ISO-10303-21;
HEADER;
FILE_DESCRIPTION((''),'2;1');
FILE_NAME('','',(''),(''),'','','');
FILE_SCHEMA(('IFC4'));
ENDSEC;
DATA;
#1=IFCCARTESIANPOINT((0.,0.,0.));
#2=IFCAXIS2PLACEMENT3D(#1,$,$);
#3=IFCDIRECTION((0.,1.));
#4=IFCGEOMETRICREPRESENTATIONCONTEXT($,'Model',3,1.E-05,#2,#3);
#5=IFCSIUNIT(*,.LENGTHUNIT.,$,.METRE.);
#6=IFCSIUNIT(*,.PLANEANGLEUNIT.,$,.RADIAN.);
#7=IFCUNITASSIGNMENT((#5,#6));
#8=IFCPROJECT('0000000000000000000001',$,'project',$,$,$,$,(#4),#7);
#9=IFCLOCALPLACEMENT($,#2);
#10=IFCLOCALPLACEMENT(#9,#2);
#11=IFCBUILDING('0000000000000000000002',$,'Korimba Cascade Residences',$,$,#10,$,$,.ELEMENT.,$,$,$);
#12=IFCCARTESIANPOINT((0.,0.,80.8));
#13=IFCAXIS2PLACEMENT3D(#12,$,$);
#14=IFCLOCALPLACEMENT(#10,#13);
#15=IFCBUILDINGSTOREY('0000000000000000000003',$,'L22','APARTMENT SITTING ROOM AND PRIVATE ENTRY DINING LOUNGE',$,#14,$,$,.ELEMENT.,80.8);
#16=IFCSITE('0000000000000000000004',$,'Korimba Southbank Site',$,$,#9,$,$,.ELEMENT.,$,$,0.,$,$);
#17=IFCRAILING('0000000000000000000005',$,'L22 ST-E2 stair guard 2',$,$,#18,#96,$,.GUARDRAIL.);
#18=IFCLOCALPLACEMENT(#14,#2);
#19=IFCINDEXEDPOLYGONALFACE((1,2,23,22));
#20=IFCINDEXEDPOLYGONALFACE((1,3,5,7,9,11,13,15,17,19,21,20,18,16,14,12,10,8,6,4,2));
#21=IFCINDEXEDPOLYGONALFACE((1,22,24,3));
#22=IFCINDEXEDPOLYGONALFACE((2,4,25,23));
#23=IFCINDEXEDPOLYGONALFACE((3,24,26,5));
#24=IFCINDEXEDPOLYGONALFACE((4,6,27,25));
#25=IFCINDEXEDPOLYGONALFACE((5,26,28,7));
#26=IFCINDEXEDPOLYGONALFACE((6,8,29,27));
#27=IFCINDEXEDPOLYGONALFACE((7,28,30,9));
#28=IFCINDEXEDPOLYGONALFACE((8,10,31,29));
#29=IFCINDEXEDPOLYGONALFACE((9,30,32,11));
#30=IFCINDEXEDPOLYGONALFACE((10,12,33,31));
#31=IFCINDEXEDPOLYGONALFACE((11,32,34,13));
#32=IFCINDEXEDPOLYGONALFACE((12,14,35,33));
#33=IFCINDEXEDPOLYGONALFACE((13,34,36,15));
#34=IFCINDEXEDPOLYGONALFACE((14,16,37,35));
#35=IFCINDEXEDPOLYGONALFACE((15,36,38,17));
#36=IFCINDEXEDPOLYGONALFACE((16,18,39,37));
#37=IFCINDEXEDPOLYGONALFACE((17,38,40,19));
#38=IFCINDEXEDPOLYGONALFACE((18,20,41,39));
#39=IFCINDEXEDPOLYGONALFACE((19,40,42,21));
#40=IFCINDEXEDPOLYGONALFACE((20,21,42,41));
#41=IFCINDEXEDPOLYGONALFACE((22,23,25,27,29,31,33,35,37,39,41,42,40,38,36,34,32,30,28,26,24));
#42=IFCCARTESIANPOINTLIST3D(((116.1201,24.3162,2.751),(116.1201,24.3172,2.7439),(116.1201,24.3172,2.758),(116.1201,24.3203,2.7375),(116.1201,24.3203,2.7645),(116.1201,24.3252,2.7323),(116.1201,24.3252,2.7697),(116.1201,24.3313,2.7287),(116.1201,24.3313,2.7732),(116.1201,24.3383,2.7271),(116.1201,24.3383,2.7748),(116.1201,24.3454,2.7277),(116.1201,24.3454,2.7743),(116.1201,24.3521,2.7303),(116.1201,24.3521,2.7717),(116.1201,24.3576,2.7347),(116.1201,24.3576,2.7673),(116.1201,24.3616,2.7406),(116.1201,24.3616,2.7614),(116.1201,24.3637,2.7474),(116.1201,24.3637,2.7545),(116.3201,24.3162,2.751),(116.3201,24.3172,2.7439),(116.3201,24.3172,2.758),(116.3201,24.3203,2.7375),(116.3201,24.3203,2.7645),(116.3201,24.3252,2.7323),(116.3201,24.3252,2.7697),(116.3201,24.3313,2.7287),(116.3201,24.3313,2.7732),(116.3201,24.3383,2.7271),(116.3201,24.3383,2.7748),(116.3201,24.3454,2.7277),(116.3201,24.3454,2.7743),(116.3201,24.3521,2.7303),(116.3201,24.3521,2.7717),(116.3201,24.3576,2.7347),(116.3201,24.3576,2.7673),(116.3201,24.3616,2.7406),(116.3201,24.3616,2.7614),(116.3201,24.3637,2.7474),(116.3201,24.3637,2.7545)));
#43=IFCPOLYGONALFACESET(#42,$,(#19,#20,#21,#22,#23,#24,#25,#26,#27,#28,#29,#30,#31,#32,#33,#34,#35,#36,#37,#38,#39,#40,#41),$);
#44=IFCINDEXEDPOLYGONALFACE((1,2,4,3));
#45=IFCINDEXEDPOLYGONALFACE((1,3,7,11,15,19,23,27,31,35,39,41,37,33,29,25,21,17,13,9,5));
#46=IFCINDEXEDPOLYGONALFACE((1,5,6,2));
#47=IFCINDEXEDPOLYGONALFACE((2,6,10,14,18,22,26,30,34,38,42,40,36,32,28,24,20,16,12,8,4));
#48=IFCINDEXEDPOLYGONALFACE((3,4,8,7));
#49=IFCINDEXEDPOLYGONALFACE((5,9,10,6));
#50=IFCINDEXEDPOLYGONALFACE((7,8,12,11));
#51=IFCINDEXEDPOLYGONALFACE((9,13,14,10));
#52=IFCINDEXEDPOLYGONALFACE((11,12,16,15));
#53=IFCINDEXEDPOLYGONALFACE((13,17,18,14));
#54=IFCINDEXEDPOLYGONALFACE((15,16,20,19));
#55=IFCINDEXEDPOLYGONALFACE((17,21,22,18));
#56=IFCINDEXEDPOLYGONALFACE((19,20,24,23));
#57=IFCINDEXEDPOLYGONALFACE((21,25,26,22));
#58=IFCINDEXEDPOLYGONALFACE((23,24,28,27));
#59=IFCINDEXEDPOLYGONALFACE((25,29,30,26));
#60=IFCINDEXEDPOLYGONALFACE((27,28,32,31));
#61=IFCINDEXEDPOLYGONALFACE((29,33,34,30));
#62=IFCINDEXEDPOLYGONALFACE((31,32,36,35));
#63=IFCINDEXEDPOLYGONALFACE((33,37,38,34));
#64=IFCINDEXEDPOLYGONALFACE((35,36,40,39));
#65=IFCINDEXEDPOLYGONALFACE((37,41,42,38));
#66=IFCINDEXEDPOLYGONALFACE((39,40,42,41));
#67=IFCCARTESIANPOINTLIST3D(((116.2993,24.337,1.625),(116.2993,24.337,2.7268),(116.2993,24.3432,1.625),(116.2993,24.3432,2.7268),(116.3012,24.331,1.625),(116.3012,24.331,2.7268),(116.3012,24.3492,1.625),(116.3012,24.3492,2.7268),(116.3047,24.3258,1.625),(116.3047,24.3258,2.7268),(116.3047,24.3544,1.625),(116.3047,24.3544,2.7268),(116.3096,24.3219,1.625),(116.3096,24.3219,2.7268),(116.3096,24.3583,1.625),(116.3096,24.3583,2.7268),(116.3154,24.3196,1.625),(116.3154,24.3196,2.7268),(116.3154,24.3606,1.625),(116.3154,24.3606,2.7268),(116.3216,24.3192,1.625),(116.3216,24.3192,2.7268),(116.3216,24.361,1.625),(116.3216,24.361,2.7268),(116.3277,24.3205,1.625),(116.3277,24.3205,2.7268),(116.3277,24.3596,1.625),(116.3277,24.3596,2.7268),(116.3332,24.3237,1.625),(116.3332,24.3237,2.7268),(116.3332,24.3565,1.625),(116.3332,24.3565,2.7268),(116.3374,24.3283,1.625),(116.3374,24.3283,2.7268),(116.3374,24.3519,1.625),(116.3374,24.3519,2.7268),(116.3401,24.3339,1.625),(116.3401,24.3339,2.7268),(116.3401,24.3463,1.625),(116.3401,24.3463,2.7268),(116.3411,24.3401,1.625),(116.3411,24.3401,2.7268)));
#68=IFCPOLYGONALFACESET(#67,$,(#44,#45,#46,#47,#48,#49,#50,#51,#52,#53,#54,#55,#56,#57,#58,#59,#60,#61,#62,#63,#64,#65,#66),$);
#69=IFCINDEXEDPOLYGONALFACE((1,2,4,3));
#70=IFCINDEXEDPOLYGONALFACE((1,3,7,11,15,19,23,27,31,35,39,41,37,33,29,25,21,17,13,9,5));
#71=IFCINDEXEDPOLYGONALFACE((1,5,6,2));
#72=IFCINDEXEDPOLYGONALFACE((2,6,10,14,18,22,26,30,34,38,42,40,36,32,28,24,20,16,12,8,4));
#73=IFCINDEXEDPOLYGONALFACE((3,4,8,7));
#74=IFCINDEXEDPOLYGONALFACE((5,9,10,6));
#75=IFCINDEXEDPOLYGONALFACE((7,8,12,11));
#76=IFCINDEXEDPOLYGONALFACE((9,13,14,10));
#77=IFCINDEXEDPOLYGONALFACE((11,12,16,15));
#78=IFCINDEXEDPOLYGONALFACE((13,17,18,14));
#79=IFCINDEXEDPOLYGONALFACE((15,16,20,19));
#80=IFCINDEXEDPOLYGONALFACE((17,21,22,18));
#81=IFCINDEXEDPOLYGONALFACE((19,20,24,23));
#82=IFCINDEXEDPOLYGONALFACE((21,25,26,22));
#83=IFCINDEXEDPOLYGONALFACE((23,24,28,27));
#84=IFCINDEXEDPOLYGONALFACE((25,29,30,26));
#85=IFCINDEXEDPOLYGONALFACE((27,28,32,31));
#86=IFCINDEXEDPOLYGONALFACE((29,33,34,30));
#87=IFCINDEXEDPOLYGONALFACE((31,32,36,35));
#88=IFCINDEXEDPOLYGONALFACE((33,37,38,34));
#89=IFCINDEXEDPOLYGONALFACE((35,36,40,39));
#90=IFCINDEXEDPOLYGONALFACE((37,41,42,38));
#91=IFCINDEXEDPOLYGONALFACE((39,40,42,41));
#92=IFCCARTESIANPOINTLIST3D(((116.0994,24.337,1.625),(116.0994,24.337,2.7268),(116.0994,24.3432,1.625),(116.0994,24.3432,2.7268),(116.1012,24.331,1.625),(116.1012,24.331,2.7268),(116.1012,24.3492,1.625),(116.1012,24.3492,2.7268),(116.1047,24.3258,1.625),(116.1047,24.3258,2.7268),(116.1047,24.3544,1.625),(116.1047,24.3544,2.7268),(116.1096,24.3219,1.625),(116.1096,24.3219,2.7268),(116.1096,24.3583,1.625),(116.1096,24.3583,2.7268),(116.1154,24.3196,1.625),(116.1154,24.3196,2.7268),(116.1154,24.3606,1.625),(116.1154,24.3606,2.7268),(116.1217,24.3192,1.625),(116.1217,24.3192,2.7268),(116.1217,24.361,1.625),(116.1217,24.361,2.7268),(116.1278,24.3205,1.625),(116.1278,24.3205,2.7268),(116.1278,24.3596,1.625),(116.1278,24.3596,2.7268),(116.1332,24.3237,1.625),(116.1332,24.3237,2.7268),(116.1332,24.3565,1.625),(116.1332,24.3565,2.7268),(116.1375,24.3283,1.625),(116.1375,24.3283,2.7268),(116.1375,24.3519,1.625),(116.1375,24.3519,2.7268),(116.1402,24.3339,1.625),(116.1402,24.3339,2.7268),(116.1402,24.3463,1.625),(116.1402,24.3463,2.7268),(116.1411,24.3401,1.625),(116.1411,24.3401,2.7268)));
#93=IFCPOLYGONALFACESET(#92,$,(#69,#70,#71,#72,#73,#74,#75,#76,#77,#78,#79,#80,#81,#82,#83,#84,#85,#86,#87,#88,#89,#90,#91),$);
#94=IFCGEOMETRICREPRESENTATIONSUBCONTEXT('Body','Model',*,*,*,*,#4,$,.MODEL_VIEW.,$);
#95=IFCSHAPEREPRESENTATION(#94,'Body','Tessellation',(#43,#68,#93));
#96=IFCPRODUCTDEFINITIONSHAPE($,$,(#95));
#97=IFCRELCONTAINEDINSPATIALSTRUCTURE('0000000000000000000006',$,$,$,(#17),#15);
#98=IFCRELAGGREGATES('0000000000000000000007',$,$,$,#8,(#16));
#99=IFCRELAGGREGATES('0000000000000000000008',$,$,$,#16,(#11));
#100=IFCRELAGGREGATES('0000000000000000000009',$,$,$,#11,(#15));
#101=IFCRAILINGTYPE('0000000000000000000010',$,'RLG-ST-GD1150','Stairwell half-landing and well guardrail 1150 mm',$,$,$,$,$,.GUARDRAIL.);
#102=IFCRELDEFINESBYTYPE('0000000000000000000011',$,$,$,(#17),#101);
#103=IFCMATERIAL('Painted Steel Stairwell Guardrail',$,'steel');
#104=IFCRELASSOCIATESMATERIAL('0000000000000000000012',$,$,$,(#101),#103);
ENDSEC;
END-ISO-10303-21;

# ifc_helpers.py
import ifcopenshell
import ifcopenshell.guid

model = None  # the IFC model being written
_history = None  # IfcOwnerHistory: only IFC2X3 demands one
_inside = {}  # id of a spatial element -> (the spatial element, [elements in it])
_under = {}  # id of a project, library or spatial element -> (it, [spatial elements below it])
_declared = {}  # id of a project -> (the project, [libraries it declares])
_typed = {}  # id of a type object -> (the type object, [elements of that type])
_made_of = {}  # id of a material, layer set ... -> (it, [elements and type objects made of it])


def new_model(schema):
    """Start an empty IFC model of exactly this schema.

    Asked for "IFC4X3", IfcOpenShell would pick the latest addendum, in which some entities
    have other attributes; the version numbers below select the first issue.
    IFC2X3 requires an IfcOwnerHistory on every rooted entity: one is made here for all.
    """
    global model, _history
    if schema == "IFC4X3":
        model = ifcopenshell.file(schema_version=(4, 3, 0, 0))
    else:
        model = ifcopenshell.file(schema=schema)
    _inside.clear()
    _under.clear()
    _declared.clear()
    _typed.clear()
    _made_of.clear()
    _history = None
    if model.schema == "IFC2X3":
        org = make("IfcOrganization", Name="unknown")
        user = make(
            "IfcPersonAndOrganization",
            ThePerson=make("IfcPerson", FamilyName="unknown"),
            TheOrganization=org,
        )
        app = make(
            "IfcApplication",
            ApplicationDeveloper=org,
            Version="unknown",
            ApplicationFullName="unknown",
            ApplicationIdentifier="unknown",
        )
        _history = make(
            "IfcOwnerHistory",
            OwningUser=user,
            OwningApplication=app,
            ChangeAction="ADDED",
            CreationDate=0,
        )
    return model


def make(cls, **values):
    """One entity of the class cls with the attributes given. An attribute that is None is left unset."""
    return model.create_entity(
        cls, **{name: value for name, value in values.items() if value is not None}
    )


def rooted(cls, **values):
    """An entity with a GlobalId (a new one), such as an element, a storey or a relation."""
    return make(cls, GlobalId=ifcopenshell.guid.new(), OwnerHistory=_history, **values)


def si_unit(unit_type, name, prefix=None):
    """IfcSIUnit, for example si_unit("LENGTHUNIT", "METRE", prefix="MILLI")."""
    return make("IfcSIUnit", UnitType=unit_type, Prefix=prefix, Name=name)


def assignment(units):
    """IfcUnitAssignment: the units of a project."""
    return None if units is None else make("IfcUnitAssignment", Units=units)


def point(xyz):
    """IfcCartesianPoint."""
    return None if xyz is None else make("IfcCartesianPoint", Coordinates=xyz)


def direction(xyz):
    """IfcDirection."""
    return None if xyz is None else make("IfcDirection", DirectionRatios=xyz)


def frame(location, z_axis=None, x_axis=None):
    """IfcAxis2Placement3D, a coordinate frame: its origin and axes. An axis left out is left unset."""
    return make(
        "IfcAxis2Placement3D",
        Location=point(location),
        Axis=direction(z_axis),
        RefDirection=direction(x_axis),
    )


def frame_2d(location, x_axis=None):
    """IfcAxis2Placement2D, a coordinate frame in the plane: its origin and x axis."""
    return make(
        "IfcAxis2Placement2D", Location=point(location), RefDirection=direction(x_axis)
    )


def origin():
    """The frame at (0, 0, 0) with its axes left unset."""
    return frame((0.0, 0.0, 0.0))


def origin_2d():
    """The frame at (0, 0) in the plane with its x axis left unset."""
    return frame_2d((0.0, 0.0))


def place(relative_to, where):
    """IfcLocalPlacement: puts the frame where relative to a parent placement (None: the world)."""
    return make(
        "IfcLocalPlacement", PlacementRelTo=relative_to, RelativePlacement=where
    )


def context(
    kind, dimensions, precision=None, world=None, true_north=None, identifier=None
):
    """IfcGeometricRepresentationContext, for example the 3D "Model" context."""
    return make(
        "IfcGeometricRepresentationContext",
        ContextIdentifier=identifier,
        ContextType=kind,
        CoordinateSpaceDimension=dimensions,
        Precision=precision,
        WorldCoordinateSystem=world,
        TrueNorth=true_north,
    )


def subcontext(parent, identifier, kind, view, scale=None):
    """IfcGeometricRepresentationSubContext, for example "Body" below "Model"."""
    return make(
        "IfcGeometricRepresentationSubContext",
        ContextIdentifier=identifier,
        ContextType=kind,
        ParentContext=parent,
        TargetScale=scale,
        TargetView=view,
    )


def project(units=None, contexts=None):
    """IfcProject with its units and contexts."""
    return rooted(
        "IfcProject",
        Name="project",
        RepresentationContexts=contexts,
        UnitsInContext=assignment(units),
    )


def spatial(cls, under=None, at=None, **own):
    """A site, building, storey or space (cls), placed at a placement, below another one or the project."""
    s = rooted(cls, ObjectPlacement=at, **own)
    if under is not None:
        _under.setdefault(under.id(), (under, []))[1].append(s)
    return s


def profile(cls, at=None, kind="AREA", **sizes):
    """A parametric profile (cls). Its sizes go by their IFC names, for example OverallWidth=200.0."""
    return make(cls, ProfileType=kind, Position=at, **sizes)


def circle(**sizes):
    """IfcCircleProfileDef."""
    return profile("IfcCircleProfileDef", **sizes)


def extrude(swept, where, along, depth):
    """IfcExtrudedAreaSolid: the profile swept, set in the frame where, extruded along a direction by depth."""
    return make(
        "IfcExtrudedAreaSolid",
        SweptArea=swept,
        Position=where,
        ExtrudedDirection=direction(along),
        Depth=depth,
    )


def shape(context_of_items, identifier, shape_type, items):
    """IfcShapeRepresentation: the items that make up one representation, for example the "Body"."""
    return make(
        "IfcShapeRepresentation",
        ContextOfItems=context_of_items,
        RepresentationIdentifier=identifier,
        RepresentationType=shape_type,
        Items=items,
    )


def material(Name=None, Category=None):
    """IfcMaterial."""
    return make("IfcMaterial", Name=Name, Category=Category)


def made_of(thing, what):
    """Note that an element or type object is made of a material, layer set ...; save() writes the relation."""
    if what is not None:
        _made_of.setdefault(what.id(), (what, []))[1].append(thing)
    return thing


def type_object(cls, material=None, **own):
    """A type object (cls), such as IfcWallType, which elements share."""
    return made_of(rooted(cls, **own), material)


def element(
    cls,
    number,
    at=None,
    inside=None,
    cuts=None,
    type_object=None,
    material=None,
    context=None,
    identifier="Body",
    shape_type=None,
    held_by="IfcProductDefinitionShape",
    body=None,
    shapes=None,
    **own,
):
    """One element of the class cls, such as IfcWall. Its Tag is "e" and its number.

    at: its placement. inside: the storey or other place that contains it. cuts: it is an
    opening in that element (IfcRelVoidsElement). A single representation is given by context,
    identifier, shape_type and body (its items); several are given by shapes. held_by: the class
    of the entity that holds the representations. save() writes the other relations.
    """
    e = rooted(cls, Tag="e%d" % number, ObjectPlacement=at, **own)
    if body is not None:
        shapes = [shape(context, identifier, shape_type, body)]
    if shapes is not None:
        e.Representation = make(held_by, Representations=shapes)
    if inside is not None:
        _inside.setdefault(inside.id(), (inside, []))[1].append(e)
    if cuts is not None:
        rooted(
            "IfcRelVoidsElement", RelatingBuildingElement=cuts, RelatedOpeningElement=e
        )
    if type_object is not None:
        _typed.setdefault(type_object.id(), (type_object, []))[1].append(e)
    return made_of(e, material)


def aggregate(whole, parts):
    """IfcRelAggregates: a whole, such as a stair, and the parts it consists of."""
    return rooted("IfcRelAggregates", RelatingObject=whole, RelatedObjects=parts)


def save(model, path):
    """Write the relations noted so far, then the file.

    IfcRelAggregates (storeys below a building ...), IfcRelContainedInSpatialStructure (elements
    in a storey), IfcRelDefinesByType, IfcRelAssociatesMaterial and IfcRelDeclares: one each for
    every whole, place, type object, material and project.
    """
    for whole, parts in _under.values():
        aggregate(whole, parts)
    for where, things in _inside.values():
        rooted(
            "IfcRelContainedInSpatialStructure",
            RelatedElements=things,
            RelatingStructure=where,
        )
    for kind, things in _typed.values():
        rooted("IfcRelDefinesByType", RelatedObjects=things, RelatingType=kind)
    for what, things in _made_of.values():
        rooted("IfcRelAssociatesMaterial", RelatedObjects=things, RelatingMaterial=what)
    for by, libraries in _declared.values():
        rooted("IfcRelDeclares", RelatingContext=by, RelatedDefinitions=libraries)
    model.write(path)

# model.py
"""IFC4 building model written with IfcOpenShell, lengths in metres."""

from ifc_helpers import new_model, si_unit, direction, frame, origin, origin_2d, place, context, subcontext, project, spatial, circle, extrude, material, type_object, element, save


model = new_model("IFC4")

# Units and contexts
model_context = context("Model", 3, precision=1e-05, world=origin(), true_north=direction((0.0, 1.0)))
body_context = subcontext(model_context, "Body", "Model", "MODEL_VIEW")
ifc_project = project(units=[si_unit("LENGTHUNIT", "METRE"), si_unit("PLANEANGLEUNIT", "RADIAN")], contexts=[model_context])

# Site, building, storey
site_placement = place(None, origin())
site = spatial("IfcSite", under=ifc_project, at=site_placement, Name="Korimba Southbank Site", CompositionType="ELEMENT", RefElevation=0.0)
building_placement = place(site_placement, origin())
building = spatial("IfcBuilding", under=site, at=building_placement, Name="Korimba Cascade Residences", CompositionType="ELEMENT")
storey_placement = place(building_placement, frame((0.0, 0.0, 80.8)))
storey = spatial("IfcBuildingStorey", under=building, at=storey_placement, Name="L22", Description="APARTMENT SITTING ROOM AND PRIVATE ENTRY DINING LOUNGE", CompositionType="ELEMENT", Elevation=80.8)

# Railing
ifc_material_1 = material(Name="Painted Steel Stairwell Guardrail", Category="steel")
railing_type_1 = type_object("IfcRailingType", Name="RLG-ST-GD1150", Description="Stairwell half-landing and well guardrail 1150 mm", PredefinedType="GUARDRAIL", material=ifc_material_1)
railing_1_placement = place(storey_placement, frame((116.3201, 24.3401, 1.625)))
element("IfcRailing", 1, at=railing_1_placement, inside=storey, type_object=railing_type_1, Name="L22 ST-E2 stair guard 2", PredefinedType="GUARDRAIL", context=body_context, shape_type="SweptSolid", body=[
    extrude(circle(Radius=0.0239, at=origin_2d()), frame((0.0, 0.0, 1.126), z_axis=(-1.0, 0.0, 0.0), x_axis=(0.0, -1.0, 0.0)), (0.0, 0.0, 1.0), 0.2),
    extrude(circle(Radius=0.021, at=origin_2d()), origin(), (0.0, 0.0, 1.0), 1.1018),
    extrude(circle(Radius=0.021, at=origin_2d()), frame((-0.2, 0.0, 0.0)), (0.0, 0.0, 1.0), 1.1018),
])

save(model, "model.ifc")
